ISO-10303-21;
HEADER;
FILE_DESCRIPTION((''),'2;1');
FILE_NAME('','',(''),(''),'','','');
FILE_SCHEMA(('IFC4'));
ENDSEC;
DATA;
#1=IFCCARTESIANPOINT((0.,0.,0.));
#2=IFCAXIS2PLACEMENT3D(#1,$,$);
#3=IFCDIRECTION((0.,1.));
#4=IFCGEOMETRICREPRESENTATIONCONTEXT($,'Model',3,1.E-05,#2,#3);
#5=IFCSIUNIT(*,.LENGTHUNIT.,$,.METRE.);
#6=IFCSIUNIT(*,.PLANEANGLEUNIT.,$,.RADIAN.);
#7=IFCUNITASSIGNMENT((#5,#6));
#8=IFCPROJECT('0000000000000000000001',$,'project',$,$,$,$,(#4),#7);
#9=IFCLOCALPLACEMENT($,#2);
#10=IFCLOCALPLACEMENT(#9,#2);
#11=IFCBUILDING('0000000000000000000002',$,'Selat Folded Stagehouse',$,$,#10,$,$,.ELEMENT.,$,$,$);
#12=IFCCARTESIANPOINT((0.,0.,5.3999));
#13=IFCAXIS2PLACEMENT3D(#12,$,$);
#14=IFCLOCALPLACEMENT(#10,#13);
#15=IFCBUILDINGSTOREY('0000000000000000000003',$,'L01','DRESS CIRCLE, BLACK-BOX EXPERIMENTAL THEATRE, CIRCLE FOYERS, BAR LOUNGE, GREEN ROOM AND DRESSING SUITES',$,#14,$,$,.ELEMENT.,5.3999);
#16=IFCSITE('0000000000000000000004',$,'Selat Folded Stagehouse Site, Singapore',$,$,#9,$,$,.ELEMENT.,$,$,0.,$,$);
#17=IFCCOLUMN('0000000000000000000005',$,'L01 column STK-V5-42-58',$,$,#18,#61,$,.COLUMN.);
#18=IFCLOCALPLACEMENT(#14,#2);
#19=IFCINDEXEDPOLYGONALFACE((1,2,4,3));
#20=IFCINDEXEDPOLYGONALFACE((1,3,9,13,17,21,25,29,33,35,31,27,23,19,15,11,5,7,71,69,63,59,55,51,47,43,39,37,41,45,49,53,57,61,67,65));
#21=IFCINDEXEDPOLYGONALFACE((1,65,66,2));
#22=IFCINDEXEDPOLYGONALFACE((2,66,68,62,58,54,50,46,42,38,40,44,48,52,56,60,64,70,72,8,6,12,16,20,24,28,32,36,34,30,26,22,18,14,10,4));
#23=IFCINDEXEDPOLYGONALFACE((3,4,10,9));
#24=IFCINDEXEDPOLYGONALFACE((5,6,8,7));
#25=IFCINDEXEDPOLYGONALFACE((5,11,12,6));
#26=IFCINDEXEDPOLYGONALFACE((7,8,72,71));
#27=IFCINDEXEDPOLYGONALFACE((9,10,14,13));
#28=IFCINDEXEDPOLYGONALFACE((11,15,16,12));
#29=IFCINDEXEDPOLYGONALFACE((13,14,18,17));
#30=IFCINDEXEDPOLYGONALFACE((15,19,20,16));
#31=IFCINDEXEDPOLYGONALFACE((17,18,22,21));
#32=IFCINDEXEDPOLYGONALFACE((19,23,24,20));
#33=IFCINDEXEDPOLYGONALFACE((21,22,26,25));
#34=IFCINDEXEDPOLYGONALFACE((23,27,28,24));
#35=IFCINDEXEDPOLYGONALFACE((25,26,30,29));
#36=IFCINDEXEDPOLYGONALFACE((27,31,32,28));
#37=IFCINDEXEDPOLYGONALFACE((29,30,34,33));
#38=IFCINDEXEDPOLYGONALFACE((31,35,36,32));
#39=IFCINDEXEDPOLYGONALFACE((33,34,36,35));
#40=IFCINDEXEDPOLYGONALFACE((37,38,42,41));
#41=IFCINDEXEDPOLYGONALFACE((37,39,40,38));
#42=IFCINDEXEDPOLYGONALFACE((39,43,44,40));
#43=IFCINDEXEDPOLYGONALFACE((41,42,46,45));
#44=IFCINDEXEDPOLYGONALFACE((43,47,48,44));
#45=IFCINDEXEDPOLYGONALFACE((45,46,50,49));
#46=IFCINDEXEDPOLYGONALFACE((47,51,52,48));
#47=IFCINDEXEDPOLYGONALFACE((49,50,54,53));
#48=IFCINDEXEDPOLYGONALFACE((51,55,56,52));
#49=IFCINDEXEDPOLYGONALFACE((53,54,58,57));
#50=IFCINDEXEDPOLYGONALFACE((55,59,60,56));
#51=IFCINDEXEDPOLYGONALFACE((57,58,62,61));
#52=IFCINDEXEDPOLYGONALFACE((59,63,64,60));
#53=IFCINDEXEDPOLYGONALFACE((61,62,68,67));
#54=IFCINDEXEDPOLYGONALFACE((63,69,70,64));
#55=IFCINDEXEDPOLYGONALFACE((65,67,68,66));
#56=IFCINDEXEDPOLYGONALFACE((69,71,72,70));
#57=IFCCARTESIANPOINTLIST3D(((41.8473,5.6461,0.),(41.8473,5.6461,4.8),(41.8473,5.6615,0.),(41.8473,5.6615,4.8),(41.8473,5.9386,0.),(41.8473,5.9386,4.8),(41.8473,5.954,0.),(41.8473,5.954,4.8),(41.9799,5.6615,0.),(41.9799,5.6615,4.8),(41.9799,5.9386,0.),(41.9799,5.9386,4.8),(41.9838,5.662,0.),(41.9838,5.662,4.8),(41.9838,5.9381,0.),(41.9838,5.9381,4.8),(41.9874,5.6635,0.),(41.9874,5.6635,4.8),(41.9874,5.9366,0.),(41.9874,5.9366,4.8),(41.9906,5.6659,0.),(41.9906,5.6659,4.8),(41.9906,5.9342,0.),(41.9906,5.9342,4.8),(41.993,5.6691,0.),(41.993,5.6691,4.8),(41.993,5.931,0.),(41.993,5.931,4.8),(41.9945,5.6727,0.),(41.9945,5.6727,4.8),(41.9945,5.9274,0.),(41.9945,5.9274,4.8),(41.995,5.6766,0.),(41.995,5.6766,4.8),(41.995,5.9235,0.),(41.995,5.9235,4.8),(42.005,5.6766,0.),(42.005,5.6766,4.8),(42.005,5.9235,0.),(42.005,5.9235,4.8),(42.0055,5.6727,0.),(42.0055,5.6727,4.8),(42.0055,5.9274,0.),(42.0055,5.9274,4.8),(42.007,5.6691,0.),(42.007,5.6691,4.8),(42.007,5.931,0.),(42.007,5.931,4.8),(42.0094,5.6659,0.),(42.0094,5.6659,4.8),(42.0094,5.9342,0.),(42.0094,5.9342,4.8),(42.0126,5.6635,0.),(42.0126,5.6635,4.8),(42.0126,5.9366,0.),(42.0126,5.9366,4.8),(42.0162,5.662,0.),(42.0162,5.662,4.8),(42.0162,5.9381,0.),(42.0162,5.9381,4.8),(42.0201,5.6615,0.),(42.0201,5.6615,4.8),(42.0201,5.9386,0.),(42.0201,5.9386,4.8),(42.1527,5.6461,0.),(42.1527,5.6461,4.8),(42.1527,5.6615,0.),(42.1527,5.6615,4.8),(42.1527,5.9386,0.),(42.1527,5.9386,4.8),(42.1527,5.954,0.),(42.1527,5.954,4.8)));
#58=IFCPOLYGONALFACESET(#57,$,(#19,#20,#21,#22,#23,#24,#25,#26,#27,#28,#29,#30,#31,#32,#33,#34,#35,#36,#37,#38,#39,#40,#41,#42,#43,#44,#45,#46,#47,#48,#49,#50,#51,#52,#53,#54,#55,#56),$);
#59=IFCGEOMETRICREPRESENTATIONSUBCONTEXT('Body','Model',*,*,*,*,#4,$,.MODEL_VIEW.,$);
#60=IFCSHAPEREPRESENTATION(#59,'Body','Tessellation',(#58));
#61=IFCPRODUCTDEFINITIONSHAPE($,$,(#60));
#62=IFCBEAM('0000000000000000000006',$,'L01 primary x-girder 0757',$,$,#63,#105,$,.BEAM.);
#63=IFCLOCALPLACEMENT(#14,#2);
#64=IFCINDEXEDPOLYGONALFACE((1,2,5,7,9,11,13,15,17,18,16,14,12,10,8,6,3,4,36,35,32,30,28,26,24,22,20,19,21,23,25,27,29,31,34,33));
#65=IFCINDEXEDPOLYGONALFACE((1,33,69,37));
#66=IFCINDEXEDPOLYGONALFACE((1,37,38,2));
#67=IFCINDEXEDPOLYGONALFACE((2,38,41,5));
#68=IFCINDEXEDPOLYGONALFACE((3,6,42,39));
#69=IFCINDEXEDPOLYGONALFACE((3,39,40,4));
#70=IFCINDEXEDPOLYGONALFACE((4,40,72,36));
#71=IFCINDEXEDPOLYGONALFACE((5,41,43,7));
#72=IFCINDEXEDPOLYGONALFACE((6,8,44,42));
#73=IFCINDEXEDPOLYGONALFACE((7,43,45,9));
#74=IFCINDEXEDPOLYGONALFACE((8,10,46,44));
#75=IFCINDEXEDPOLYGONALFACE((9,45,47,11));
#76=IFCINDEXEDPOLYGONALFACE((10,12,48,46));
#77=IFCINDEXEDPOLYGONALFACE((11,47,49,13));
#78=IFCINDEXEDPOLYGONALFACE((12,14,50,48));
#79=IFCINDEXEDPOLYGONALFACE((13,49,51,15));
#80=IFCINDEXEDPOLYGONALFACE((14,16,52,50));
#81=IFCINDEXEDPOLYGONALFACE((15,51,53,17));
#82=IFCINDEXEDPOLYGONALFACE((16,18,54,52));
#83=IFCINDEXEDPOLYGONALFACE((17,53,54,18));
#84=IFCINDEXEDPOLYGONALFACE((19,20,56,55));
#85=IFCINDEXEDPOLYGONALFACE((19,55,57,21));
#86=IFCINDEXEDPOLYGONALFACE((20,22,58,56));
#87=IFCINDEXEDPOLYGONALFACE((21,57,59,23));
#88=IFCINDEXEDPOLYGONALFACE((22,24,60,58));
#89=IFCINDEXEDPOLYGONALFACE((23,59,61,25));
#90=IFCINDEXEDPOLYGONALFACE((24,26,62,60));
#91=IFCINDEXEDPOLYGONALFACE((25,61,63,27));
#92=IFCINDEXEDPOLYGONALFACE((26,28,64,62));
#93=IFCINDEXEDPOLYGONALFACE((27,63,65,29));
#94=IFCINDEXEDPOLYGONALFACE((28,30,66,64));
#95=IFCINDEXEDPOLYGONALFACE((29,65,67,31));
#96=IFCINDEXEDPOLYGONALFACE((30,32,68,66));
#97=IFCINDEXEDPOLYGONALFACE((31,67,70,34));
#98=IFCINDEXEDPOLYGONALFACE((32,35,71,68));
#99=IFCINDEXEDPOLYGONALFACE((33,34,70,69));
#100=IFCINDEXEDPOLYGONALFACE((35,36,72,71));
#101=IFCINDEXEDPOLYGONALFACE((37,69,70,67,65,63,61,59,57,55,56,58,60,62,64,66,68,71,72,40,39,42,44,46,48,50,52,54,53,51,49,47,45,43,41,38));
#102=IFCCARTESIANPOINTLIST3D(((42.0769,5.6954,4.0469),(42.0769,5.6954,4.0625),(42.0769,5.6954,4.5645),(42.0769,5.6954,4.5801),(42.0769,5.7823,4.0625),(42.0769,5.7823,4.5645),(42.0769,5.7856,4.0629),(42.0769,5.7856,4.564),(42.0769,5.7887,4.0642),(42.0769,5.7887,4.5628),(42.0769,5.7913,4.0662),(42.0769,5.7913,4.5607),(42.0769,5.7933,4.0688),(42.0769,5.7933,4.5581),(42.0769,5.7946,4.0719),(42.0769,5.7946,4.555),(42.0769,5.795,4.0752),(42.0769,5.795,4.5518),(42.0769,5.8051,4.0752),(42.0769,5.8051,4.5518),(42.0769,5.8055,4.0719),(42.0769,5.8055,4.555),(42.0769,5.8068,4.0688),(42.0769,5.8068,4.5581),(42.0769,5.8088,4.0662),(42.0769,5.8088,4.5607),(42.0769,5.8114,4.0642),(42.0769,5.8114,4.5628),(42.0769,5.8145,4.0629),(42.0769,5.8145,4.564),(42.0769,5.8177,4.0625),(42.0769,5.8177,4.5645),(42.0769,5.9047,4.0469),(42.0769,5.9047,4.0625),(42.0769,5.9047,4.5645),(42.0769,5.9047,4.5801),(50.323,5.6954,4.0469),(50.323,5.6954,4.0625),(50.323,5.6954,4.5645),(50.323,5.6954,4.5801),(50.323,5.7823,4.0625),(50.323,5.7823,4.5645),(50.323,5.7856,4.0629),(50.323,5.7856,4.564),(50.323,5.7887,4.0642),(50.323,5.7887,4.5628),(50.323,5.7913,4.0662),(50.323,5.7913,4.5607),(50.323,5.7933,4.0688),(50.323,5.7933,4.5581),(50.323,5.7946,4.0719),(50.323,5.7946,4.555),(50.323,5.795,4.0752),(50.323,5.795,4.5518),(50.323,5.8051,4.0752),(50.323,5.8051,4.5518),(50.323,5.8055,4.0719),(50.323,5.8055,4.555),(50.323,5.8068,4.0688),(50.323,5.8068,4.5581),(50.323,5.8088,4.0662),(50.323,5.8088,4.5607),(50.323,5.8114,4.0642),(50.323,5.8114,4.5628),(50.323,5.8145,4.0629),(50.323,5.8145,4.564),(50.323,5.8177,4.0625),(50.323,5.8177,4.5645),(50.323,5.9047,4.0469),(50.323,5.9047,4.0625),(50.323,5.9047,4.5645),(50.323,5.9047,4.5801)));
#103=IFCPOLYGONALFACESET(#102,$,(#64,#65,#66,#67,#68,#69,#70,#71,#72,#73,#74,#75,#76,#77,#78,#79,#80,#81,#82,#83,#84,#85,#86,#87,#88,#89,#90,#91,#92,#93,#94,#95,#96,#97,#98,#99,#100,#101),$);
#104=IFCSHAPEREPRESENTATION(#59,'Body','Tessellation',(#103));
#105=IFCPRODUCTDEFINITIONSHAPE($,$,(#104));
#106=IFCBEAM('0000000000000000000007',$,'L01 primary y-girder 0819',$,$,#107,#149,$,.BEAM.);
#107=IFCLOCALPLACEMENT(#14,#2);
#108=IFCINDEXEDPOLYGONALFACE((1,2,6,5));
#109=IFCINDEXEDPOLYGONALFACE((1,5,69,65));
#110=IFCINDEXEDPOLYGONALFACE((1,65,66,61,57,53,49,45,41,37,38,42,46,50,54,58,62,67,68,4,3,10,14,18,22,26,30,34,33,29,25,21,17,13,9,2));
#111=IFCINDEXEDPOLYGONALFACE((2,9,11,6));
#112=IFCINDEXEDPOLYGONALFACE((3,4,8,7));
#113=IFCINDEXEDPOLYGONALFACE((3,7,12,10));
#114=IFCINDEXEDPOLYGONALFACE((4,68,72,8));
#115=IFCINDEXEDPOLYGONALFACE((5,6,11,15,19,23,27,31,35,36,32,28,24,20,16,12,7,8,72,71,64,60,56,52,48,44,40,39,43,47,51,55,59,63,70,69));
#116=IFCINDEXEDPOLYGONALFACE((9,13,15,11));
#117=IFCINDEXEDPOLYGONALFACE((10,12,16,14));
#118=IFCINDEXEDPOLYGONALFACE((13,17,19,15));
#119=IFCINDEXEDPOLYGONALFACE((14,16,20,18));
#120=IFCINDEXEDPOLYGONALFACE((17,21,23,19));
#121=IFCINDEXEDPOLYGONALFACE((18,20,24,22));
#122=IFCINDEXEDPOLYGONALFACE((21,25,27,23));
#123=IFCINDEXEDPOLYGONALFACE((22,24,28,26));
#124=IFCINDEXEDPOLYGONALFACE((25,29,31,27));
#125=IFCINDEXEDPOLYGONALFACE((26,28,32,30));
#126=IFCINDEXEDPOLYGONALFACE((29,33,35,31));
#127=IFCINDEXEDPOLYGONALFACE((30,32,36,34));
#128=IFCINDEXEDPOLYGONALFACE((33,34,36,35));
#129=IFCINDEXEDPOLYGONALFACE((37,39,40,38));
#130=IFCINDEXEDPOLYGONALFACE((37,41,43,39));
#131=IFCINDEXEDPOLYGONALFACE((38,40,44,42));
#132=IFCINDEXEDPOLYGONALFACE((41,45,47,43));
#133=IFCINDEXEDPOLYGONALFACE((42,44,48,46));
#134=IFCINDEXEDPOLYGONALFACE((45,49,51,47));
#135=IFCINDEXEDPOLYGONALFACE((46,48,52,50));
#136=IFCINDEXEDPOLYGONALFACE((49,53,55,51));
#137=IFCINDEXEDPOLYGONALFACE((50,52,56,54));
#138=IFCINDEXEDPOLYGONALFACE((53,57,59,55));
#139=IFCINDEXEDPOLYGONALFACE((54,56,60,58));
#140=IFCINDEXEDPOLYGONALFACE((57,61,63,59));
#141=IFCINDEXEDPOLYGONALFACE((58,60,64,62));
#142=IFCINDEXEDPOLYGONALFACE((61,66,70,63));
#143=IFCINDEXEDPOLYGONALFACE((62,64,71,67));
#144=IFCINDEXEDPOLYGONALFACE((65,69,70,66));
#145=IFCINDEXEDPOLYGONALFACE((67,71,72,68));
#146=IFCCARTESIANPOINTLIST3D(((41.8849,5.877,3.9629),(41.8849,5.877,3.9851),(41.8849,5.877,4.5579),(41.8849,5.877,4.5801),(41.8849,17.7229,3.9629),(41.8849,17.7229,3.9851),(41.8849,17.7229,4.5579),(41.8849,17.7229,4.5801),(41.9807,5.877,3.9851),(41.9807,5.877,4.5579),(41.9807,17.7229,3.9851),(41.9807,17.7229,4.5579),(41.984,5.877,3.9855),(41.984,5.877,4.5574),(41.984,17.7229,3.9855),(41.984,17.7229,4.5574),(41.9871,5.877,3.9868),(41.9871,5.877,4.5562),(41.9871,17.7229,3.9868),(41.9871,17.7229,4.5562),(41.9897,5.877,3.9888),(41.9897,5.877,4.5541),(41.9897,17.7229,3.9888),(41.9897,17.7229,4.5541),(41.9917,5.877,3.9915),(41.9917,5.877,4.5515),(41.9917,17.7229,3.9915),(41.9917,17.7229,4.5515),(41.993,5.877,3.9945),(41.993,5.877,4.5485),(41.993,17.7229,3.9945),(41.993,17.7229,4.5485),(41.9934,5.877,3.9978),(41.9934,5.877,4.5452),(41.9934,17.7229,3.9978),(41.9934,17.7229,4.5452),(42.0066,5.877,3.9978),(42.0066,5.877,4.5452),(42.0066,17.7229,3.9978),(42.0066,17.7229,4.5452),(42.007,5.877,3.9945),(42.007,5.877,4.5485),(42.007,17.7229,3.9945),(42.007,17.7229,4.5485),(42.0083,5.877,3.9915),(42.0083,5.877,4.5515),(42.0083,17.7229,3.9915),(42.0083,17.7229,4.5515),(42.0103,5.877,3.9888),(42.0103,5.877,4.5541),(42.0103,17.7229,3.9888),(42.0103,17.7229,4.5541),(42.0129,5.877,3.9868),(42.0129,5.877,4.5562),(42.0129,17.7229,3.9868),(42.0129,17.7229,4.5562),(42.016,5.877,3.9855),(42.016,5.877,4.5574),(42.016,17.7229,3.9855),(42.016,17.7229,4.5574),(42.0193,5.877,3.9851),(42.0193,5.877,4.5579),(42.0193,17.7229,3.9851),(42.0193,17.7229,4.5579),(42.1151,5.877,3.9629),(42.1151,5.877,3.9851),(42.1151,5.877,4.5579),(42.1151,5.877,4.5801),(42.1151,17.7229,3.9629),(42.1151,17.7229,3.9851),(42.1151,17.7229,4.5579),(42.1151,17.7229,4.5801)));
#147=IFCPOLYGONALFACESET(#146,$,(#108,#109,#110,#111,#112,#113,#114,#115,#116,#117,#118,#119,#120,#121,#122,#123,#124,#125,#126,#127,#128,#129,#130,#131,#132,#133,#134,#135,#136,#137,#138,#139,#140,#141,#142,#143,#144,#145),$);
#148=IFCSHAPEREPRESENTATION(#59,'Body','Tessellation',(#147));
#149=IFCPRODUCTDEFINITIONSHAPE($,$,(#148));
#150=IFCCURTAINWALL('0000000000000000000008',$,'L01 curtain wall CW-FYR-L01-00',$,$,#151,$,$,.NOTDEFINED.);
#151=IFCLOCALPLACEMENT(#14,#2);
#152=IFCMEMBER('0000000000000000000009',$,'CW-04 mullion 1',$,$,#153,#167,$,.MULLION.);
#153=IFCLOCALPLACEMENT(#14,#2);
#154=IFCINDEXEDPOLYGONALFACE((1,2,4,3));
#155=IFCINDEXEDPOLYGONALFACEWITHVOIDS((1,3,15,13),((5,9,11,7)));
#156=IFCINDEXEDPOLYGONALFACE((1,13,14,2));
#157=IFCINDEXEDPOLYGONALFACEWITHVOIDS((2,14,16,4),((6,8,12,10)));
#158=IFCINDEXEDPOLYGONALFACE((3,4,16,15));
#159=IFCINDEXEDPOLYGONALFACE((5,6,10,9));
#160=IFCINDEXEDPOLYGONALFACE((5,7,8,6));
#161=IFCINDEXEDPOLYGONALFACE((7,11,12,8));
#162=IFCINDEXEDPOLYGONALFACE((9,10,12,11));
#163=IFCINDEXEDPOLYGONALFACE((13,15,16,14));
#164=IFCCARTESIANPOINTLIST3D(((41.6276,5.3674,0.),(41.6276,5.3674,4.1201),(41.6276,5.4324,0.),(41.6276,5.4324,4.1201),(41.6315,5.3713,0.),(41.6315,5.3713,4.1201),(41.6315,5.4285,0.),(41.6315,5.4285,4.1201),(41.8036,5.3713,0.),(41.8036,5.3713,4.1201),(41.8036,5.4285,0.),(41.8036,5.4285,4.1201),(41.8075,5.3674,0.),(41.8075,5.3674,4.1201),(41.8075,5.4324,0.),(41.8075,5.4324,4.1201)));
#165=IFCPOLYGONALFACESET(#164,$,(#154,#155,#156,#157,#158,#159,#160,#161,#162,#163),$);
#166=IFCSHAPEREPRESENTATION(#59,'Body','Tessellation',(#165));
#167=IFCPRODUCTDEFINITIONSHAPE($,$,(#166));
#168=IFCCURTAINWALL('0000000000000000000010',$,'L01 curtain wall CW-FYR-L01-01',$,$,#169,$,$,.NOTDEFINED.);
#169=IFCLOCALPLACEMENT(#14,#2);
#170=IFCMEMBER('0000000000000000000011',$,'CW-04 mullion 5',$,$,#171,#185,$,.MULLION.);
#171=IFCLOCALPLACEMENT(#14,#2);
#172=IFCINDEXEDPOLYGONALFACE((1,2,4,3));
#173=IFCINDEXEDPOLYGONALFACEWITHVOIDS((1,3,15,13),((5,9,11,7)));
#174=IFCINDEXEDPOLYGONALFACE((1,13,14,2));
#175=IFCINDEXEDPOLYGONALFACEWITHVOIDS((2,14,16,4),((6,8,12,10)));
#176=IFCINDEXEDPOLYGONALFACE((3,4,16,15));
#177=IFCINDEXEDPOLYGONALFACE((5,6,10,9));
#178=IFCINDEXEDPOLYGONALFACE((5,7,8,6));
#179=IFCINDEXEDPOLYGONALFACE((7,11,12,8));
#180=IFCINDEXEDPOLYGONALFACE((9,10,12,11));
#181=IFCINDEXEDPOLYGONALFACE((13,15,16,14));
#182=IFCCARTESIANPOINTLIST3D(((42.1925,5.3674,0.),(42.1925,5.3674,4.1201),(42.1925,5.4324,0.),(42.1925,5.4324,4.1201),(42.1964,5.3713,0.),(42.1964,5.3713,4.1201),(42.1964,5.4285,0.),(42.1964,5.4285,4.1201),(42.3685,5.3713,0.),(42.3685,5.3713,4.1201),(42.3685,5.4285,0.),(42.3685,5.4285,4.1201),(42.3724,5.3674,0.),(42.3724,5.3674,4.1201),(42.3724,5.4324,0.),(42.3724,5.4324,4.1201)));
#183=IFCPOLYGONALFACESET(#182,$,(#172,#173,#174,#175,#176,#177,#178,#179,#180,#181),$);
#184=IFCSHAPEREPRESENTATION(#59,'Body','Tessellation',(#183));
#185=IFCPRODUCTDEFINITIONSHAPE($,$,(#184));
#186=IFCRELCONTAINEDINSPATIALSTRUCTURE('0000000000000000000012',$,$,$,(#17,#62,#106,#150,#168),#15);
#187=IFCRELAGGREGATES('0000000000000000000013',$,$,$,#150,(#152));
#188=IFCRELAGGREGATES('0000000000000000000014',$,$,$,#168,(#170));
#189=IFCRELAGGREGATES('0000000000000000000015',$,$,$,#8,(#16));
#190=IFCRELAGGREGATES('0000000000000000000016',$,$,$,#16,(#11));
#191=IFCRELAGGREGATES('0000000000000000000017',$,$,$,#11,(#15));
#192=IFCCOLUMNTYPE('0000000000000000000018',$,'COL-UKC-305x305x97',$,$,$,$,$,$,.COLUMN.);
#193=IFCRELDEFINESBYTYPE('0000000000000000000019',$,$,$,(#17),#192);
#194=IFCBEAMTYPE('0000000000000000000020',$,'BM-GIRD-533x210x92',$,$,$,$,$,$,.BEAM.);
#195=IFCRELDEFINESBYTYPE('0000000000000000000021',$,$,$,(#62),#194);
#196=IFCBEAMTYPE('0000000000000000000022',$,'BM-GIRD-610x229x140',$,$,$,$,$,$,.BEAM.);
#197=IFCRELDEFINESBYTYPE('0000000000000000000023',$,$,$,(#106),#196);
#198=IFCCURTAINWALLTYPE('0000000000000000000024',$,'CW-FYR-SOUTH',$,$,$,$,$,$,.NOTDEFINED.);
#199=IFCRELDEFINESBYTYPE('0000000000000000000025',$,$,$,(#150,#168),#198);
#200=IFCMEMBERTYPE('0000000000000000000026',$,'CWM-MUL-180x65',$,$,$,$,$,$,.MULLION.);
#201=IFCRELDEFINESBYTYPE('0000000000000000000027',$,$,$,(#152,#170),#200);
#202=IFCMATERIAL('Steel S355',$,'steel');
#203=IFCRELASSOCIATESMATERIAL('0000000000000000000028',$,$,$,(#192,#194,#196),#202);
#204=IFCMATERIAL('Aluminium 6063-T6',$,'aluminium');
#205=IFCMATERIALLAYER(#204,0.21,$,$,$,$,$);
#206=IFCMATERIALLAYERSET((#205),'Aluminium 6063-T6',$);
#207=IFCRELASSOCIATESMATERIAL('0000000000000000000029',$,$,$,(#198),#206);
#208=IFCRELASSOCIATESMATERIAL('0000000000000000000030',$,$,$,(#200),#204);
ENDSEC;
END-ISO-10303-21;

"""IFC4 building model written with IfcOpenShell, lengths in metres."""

from ifc_helpers import new_model, si_unit, direction, frame, origin, origin_2d, place, context, subcontext, project, spatial, hollow_rectangle, i_section, extrude, material, layer, layer_set, material_profile, profile_set, type_object, element, aggregate, save


model = new_model("IFC4")

# Units and contexts
model_context = context("Model", 3, precision=1e-05, world=origin(), true_north=direction((0.0, 1.0)))
body_context = subcontext(model_context, "Body", "Model", "MODEL_VIEW")
ifc_project = project(units=[si_unit("LENGTHUNIT", "METRE"), si_unit("PLANEANGLEUNIT", "RADIAN")], contexts=[model_context])

# Site, building, storey
site_placement = place(None, origin())
site = spatial("IfcSite", under=ifc_project, at=site_placement, Name="Selat Folded Stagehouse Site, Singapore", CompositionType="ELEMENT", RefElevation=0.0)
building_placement = place(site_placement, origin())
building = spatial("IfcBuilding", under=site, at=building_placement, Name="Selat Folded Stagehouse", CompositionType="ELEMENT")
storey_placement = place(building_placement, frame((0.0, 0.0, 5.3999)))
storey = spatial("IfcBuildingStorey", under=building, at=storey_placement, Name="L01", Description="DRESS CIRCLE, BLACK-BOX EXPERIMENTAL THEATRE, CIRCLE FOYERS, BAR LOUNGE, GREEN ROOM AND DRESSING SUITES", CompositionType="ELEMENT", Elevation=5.3999)

# Column
ifc_material_1 = material(Name="Steel S355", Category="steel")
ifc_material_profile_1 = material_profile(ifc_material_1, i_section(OverallWidth=0.3054, OverallDepth=0.3079, WebThickness=0.01, FlangeThickness=0.0154, FilletRadius=0.0151, at=origin_2d()), Name="UKC 305x305x97")
ifc_profile_set_1 = profile_set([ifc_material_profile_1], Name="Steel S355")
column_type = type_object("IfcColumnType", Name="COL-UKC-305x305x97", PredefinedType="COLUMN", material=ifc_profile_set_1)
column_placement = place(storey_placement, frame((42.0, 5.8, 0.0), z_axis=(0.0, 0.0, 1.0), x_axis=(1.0, 0.0, 0.0)))
element("IfcColumn", 1, at=column_placement, inside=storey, type_object=column_type, Name="L01 column STK-V5-42-58", PredefinedType="COLUMN", context=body_context, shape_type="SweptSolid", body=[
    extrude(i_section(OverallWidth=0.3054, OverallDepth=0.3079, WebThickness=0.01, FlangeThickness=0.0154, FilletRadius=0.0151, at=origin_2d()), origin(), (0.0, 0.0, 1.0), 4.8),
])

# Beams
ifc_material_profile_2 = material_profile(ifc_material_1, i_section(OverallWidth=0.2092, OverallDepth=0.5332, WebThickness=0.01, FlangeThickness=0.0156, FilletRadius=0.0127, at=origin_2d()), Name="UKB 533x210x92")
ifc_profile_set_2 = profile_set([ifc_material_profile_2], Name="Steel S355")
beam_type_1 = type_object("IfcBeamType", Name="BM-GIRD-533x210x92", PredefinedType="BEAM", material=ifc_profile_set_2)
beam_1_placement = place(storey_placement, frame((42.0769, 5.8, 4.3135), z_axis=(1.0, 0.0, 0.0), x_axis=(0.0, 1.0, 0.0)))
element("IfcBeam", 2, at=beam_1_placement, inside=storey, type_object=beam_type_1, Name="L01 primary x-girder 0757", PredefinedType="BEAM", context=body_context, shape_type="SweptSolid", body=[
    extrude(i_section(OverallWidth=0.2092, OverallDepth=0.5332, WebThickness=0.01, FlangeThickness=0.0156, FilletRadius=0.0127, at=origin_2d()), origin(), (0.0, 0.0, 1.0), 8.2461),
])
ifc_material_profile_3 = material_profile(ifc_material_1, i_section(OverallWidth=0.2302, OverallDepth=0.6172, WebThickness=0.0132, FlangeThickness=0.0222, FilletRadius=0.0127, at=origin_2d()), Name="UKB 610x229x140")
ifc_profile_set_3 = profile_set([ifc_material_profile_3], Name="Steel S355")
beam_type_2 = type_object("IfcBeamType", Name="BM-GIRD-610x229x140", PredefinedType="BEAM", material=ifc_profile_set_3)
beam_2_placement = place(storey_placement, frame((42.0, 5.877, 4.2715), z_axis=(0.0, 1.0, 0.0), x_axis=(-1.0, 0.0, 0.0)))
element("IfcBeam", 3, at=beam_2_placement, inside=storey, type_object=beam_type_2, Name="L01 primary y-girder 0819", PredefinedType="BEAM", context=body_context, shape_type="SweptSolid", body=[
    extrude(i_section(OverallWidth=0.2302, OverallDepth=0.6172, WebThickness=0.0132, FlangeThickness=0.0222, FilletRadius=0.0127, at=origin_2d()), origin(), (0.0, 0.0, 1.0), 11.8459),
])

# Curtain walls, members
ifc_material_2 = material(Name="Aluminium 6063-T6", Category="aluminium")
ifc_layer_1 = layer(ifc_material_2, 0.21)
ifc_layer_set_1 = layer_set([ifc_layer_1], Name="Aluminium 6063-T6")
curtain_wall_type_1 = type_object("IfcCurtainWallType", Name="CW-FYR-SOUTH", PredefinedType="NOTDEFINED", material=ifc_layer_set_1)
curtain_wall_1_placement = place(storey_placement, origin())
curtain_wall_1 = element("IfcCurtainWall", 4, at=curtain_wall_1_placement, inside=storey, type_object=curtain_wall_type_1, Name="L01 curtain wall CW-FYR-L01-00", PredefinedType="NOTDEFINED")
ifc_material_profile_4 = material_profile(ifc_material_2, hollow_rectangle(XDim=0.0649, YDim=0.1799, WallThickness=0.0039, at=origin_2d()), Name="ALU 180x65x4.0")
ifc_profile_set_4 = profile_set([ifc_material_profile_4], Name="Aluminium 6063-T6")
member_type_1 = type_object("IfcMemberType", Name="CWM-MUL-180x65", PredefinedType="MULLION", material=ifc_profile_set_4)
member_1_placement = place(storey_placement, frame((41.7175, 5.3999, 0.0), z_axis=(0.0, 0.0, 1.0), x_axis=(0.0, -1.0, 0.0)))
member_1 = element("IfcMember", 5, at=member_1_placement, type_object=member_type_1, Name="CW-04 mullion 1", PredefinedType="MULLION", context=body_context, shape_type="SweptSolid", body=[
    extrude(hollow_rectangle(XDim=0.0649, YDim=0.1799, WallThickness=0.0039, at=origin_2d()), origin(), (0.0, 0.0, 1.0), 4.1201),
])
curtain_wall_2_placement = place(storey_placement, origin())
curtain_wall_2 = element("IfcCurtainWall", 6, at=curtain_wall_2_placement, inside=storey, type_object=curtain_wall_type_1, Name="L01 curtain wall CW-FYR-L01-01", PredefinedType="NOTDEFINED")
member_2_placement = place(storey_placement, frame((42.2825, 5.3999, 0.0), z_axis=(0.0, 0.0, 1.0), x_axis=(0.0, -1.0, 0.0)))
member_2 = element("IfcMember", 7, at=member_2_placement, type_object=member_type_1, Name="CW-04 mullion 5", PredefinedType="MULLION", context=body_context, shape_type="SweptSolid", body=[
    extrude(hollow_rectangle(XDim=0.0649, YDim=0.1799, WallThickness=0.0039, at=origin_2d()), origin(), (0.0, 0.0, 1.0), 4.1201),
])

aggregate(curtain_wall_1, [member_1])

aggregate(curtain_wall_2, [member_2])

save(model, "model.ifc")
